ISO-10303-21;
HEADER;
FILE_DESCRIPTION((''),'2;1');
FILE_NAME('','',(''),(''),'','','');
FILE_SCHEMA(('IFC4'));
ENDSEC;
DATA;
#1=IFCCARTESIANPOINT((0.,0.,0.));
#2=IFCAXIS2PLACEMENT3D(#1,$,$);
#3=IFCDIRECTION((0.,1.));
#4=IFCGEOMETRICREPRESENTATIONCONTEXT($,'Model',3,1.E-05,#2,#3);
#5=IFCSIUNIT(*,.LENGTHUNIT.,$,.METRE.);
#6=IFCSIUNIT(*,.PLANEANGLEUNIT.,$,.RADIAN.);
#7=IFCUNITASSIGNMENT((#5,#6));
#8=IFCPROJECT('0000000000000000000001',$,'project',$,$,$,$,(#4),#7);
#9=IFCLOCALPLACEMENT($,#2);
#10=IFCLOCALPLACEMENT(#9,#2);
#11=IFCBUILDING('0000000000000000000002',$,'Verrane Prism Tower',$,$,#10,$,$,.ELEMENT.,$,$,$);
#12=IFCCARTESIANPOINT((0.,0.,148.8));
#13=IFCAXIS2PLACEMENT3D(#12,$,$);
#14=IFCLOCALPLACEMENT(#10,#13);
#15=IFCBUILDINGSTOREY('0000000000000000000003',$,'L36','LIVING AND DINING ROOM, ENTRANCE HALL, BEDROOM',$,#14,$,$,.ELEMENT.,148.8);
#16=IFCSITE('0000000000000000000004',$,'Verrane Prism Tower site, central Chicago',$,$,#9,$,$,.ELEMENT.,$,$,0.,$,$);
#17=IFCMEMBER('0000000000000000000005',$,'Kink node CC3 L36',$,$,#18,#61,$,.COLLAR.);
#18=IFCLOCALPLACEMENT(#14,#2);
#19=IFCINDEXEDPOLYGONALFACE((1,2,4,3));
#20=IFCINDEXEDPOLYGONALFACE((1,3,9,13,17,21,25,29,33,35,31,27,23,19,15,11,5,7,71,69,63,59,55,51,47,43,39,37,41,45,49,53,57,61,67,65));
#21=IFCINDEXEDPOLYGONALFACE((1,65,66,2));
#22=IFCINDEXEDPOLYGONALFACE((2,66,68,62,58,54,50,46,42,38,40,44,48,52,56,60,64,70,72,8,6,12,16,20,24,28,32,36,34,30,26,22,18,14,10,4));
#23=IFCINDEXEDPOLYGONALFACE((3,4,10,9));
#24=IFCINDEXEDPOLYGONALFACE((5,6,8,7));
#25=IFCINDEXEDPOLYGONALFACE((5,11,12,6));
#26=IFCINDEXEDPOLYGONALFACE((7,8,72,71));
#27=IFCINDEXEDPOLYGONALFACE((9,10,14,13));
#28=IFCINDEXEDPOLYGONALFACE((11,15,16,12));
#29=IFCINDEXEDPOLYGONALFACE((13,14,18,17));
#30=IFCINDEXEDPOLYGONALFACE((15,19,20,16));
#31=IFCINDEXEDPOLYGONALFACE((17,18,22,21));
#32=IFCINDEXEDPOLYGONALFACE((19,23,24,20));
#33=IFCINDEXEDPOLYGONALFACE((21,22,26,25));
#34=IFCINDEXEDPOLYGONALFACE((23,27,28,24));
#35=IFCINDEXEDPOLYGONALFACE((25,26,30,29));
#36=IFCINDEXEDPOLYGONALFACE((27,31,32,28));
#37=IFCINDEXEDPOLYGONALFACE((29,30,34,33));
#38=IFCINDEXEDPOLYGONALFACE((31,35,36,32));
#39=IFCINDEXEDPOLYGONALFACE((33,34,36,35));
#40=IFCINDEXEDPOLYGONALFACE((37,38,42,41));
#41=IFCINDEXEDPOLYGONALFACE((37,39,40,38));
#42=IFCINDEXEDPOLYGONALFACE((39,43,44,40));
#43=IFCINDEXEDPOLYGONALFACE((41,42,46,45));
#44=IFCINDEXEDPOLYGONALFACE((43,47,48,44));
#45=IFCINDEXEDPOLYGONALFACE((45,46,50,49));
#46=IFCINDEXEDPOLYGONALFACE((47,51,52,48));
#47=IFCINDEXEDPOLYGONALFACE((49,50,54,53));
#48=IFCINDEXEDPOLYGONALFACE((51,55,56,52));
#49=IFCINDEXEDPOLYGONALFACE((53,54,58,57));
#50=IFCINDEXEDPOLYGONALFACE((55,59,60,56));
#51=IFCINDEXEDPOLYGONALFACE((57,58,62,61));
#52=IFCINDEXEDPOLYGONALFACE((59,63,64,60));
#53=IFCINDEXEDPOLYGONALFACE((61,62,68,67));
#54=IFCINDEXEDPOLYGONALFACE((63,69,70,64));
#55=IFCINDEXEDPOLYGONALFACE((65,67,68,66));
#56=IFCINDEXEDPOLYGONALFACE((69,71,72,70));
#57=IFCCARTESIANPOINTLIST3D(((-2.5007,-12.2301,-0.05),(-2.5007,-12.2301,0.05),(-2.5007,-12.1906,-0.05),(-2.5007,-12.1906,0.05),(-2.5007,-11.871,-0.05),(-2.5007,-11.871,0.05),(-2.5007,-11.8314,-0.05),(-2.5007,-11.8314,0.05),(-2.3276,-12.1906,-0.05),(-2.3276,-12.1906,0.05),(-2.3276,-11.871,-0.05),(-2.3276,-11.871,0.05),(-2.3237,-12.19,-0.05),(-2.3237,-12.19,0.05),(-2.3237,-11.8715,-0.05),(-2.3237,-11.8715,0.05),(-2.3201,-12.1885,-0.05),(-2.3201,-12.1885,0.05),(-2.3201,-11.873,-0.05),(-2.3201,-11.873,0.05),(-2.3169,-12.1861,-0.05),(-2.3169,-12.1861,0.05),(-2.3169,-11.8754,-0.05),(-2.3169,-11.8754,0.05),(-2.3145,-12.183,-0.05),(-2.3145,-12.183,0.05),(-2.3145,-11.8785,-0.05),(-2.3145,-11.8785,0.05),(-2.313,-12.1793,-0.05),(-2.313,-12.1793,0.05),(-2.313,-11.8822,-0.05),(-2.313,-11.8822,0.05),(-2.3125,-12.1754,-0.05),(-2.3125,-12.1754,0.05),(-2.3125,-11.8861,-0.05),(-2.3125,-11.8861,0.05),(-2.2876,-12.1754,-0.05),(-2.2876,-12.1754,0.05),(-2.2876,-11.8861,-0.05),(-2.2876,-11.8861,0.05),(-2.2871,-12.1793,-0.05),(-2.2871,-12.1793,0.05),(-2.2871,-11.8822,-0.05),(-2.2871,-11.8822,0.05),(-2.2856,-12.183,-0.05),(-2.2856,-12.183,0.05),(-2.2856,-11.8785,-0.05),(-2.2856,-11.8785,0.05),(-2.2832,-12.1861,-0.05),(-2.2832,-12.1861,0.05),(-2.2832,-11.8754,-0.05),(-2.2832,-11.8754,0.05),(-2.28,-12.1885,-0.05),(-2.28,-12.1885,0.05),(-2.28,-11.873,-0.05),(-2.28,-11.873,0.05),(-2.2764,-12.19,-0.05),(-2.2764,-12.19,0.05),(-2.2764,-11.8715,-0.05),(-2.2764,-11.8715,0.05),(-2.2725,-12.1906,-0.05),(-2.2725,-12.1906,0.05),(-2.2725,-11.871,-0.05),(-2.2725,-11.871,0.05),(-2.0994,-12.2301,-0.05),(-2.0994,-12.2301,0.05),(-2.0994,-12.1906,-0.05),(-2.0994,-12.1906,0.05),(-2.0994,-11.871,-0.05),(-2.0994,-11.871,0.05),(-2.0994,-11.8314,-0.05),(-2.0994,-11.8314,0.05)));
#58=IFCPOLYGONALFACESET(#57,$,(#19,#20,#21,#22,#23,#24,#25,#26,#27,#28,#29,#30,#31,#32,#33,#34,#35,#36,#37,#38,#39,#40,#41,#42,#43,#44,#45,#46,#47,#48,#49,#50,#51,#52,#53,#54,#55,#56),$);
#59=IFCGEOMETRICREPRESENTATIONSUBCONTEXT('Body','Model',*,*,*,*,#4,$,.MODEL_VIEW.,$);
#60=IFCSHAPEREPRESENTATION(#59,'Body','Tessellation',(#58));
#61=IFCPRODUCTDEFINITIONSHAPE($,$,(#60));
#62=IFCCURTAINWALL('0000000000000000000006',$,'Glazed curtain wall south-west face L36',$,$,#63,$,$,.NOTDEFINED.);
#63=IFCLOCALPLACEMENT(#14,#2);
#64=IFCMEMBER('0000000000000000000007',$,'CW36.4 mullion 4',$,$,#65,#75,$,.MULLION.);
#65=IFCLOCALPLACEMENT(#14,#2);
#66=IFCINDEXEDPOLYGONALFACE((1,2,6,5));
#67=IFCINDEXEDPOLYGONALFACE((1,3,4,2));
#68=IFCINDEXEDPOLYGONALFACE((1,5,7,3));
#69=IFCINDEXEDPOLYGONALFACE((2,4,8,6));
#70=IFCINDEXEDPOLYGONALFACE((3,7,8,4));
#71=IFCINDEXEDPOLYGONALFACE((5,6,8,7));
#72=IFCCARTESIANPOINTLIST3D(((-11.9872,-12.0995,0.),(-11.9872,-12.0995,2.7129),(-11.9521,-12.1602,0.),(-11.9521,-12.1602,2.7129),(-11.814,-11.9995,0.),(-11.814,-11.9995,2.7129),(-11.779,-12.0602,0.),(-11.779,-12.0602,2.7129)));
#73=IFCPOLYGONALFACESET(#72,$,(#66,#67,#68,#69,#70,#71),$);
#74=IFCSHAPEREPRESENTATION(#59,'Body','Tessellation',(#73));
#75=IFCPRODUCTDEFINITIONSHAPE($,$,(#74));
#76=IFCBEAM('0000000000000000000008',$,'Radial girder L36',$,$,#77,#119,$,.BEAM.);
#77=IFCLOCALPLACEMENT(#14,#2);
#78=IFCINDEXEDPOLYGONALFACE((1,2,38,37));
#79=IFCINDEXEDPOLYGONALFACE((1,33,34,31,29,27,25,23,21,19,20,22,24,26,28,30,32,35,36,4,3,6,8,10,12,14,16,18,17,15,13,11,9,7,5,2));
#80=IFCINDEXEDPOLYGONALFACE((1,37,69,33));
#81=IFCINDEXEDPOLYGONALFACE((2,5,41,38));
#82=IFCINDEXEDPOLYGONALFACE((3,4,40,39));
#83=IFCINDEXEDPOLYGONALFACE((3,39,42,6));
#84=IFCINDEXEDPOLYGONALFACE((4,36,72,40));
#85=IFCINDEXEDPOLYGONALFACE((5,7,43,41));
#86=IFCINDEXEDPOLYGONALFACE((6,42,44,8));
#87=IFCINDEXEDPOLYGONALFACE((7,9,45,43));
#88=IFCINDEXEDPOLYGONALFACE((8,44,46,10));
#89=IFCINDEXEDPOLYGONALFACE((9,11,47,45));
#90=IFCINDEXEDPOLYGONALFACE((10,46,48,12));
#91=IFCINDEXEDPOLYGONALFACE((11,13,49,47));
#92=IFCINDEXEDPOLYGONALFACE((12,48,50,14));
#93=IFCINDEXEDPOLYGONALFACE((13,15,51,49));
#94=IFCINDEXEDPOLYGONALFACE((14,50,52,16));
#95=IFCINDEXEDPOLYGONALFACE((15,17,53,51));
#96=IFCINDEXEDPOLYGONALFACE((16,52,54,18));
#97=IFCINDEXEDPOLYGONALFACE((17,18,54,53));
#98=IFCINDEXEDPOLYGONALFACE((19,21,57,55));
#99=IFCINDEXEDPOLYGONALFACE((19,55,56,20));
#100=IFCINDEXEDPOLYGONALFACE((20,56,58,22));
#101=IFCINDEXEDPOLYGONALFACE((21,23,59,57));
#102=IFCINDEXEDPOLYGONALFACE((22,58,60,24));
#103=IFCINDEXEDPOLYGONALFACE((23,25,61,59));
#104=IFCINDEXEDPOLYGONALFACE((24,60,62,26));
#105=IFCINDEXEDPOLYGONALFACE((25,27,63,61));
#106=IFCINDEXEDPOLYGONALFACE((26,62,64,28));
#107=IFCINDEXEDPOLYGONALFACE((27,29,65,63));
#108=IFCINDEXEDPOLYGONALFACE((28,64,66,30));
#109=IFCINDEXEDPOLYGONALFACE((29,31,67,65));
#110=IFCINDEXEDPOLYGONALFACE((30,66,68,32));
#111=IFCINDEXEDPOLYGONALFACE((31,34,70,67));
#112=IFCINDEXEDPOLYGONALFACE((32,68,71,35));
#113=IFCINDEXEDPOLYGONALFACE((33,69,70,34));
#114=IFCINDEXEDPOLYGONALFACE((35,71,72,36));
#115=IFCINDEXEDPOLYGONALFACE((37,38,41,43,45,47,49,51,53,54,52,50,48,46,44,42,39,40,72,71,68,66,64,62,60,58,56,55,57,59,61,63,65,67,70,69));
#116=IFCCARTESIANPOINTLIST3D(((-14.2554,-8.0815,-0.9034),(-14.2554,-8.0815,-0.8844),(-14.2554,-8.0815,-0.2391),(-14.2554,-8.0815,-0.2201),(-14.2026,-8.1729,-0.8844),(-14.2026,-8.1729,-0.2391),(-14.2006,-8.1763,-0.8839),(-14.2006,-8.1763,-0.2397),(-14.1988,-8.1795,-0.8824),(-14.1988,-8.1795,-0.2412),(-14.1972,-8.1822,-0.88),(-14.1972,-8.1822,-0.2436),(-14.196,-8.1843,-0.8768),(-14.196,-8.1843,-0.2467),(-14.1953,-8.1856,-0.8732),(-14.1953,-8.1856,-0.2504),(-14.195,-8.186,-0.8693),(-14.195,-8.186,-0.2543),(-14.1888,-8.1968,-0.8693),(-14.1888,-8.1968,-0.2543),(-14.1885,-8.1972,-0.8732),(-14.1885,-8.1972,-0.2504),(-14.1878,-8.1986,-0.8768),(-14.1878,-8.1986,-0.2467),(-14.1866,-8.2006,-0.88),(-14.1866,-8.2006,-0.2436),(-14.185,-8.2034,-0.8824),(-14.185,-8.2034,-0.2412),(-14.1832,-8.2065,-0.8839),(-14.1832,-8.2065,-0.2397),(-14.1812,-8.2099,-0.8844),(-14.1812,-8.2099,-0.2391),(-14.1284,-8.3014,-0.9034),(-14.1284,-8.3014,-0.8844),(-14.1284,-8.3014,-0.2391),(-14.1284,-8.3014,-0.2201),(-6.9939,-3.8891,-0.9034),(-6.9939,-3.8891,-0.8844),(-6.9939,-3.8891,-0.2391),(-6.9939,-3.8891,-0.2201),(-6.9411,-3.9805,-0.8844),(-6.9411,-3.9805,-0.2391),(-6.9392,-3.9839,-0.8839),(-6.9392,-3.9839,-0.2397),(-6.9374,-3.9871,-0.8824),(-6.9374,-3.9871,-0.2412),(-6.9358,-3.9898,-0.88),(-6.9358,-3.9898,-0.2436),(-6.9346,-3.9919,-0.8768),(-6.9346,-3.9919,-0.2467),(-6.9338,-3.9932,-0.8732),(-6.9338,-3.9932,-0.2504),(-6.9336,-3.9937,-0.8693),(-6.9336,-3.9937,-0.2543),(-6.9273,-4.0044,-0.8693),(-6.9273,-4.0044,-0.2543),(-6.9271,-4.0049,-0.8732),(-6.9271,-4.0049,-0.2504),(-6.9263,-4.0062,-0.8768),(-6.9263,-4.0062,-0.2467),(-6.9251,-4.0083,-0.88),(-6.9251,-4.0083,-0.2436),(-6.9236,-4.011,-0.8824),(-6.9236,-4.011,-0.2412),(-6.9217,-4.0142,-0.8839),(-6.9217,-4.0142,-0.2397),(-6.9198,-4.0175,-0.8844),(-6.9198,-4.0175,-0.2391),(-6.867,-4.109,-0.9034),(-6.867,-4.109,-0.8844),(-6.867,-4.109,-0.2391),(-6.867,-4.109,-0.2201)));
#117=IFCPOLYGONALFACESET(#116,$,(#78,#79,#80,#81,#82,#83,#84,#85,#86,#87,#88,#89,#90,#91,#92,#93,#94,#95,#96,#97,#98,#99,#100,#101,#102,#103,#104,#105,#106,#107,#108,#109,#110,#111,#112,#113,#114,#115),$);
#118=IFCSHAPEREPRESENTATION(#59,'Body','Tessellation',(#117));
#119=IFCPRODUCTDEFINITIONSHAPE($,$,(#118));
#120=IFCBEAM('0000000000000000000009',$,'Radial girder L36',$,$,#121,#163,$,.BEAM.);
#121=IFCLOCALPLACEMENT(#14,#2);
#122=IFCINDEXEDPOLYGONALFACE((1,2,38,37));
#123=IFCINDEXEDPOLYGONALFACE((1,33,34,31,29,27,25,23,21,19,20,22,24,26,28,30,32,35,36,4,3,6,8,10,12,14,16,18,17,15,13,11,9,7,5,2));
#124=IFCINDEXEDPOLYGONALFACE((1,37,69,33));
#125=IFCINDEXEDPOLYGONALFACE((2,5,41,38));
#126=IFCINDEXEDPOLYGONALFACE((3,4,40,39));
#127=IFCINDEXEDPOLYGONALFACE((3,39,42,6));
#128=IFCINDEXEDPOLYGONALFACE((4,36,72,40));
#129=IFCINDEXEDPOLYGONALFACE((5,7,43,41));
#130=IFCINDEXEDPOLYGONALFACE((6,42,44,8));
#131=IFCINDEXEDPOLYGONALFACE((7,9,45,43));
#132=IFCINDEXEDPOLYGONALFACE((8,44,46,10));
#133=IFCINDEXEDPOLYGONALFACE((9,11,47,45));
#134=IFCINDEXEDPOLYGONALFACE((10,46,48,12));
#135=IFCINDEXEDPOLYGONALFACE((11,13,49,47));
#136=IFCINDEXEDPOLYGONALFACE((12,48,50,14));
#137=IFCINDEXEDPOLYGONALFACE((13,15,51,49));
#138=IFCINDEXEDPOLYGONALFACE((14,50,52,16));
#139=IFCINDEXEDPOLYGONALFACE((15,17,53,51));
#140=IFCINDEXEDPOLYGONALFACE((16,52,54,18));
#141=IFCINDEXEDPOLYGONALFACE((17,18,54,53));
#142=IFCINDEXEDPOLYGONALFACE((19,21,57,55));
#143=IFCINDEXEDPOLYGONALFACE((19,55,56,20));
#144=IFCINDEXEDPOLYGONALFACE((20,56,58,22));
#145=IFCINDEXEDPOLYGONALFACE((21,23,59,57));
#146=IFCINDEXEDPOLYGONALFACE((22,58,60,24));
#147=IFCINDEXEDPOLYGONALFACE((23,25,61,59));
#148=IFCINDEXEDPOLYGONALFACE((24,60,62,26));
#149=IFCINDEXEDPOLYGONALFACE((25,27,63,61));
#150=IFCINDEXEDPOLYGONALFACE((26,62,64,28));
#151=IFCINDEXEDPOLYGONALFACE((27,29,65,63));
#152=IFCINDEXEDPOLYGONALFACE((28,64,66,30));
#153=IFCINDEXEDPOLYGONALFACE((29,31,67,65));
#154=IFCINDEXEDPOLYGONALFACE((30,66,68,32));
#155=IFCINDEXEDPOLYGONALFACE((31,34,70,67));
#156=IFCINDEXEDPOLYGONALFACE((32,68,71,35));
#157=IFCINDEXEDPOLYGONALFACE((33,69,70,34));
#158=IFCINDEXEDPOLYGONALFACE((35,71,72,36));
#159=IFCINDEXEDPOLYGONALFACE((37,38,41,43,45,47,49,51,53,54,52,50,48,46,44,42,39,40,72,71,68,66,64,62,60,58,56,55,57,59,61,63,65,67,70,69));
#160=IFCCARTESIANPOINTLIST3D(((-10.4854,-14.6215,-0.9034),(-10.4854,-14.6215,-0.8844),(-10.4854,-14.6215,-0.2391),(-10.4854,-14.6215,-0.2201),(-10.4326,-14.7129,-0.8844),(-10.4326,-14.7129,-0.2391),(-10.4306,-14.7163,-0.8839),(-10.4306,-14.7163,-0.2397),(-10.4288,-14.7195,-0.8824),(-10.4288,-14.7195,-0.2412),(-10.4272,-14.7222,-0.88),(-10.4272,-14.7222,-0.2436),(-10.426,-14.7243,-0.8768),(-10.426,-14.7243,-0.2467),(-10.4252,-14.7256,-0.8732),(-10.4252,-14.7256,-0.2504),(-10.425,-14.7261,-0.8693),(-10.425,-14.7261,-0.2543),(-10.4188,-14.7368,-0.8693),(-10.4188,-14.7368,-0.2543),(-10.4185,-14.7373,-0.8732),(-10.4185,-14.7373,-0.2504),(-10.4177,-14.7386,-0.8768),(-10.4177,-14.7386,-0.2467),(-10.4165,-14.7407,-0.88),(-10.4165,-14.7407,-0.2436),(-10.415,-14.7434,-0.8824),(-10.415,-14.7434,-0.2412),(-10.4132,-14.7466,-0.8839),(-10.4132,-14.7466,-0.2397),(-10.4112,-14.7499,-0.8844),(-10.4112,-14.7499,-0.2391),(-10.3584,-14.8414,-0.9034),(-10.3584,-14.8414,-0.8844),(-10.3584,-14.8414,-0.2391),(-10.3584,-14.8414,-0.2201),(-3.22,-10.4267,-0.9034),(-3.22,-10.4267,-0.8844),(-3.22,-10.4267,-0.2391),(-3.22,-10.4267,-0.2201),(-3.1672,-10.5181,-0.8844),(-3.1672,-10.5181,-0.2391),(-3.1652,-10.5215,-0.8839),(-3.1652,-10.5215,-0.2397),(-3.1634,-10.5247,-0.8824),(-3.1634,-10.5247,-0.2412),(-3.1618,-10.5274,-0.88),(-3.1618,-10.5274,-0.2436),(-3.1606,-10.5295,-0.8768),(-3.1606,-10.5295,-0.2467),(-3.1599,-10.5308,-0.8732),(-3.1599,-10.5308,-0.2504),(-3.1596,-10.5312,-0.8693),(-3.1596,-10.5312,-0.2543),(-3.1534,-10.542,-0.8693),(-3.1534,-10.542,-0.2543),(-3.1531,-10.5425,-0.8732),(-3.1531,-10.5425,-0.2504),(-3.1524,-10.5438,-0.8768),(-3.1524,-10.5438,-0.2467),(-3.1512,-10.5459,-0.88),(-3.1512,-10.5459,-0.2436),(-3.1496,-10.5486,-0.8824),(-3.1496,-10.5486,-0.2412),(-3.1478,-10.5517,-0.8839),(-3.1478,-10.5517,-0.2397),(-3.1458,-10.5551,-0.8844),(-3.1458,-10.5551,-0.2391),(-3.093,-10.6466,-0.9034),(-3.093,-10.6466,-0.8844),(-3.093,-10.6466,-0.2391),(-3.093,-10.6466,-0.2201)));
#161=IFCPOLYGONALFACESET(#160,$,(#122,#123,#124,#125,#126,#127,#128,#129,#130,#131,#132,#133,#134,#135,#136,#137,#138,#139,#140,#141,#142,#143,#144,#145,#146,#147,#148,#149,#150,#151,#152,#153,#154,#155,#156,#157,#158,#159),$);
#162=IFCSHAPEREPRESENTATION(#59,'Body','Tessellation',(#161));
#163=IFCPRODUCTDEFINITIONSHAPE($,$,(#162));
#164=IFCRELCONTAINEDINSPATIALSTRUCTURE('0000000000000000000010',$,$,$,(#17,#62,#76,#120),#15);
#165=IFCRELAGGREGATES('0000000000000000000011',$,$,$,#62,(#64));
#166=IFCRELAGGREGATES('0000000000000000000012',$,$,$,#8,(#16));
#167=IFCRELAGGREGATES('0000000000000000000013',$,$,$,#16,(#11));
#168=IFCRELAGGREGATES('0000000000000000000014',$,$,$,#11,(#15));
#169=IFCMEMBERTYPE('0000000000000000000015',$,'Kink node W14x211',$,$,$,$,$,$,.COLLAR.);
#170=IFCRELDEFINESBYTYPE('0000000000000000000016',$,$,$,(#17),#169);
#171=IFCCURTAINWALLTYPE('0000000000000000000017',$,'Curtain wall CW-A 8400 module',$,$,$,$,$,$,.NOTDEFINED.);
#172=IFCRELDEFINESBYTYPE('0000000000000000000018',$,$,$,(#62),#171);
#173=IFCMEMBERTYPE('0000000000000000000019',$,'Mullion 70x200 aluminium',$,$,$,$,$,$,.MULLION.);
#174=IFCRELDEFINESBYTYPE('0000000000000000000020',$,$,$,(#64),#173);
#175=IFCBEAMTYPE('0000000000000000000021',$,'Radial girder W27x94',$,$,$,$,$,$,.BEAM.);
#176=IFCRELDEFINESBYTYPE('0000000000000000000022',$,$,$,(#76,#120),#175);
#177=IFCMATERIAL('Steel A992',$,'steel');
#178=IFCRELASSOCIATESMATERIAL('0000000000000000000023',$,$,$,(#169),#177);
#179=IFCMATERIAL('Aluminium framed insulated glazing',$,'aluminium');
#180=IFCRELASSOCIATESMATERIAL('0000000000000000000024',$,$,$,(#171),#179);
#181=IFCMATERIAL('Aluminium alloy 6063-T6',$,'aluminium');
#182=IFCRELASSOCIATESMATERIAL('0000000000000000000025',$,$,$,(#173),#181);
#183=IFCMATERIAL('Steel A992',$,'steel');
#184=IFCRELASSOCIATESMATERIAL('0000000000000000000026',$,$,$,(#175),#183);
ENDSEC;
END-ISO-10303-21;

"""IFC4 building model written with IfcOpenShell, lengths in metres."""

from ifc_helpers import new_model, si_unit, direction, frame, origin, origin_2d, place, context, subcontext, project, spatial, rectangle, i_section, extrude, material, material_profile, profile_set, type_object, element, aggregate, save


model = new_model("IFC4")

# Units and contexts
model_context = context("Model", 3, precision=1e-05, world=origin(), true_north=direction((0.0, 1.0)))
body_context = subcontext(model_context, "Body", "Model", "MODEL_VIEW")
ifc_project = project(units=[si_unit("LENGTHUNIT", "METRE"), si_unit("PLANEANGLEUNIT", "RADIAN")], contexts=[model_context])

# Site, building, storey
site_placement = place(None, origin())
site = spatial("IfcSite", under=ifc_project, at=site_placement, Name="Verrane Prism Tower site, central Chicago", CompositionType="ELEMENT", RefElevation=0.0)
building_placement = place(site_placement, origin())
building = spatial("IfcBuilding", under=site, at=building_placement, Name="Verrane Prism Tower", CompositionType="ELEMENT")
storey_placement = place(building_placement, frame((0.0, 0.0, 148.8)))
storey = spatial("IfcBuildingStorey", under=building, at=storey_placement, Name="L36", Description="LIVING AND DINING ROOM, ENTRANCE HALL, BEDROOM", CompositionType="ELEMENT", Elevation=148.8)

# Member
ifc_material_1 = material(Name="Steel A992", Category="steel")
ifc_material_profile_1 = material_profile(ifc_material_1, i_section(OverallWidth=0.4014, OverallDepth=0.3987, WebThickness=0.0249, FlangeThickness=0.0396, FilletRadius=0.0151, at=origin_2d()), Name="W14x211")
ifc_profile_set_1 = profile_set([ifc_material_profile_1], Name="Steel A992")
member_type_1 = type_object("IfcMemberType", Name="Kink node W14x211", PredefinedType="COLLAR", material=ifc_profile_set_1)
member_1_placement = place(storey_placement, frame((-2.3, -12.0308, -0.05), z_axis=(0.0, 0.0, 1.0), x_axis=(1.0, 0.0, 0.0)))
element("IfcMember", 1, at=member_1_placement, inside=storey, type_object=member_type_1, Name="Kink node CC3 L36", PredefinedType="COLLAR", context=body_context, shape_type="SweptSolid", body=[
    extrude(i_section(OverallWidth=0.4014, OverallDepth=0.3987, WebThickness=0.0249, FlangeThickness=0.0396, FilletRadius=0.0151, at=origin_2d()), origin(), (0.0, 0.0, 1.0), 0.1001),
])

# Curtain wall, member
ifc_material_2 = material(Name="Aluminium framed insulated glazing", Category="aluminium")
curtain_wall_type = type_object("IfcCurtainWallType", Name="Curtain wall CW-A 8400 module", PredefinedType="NOTDEFINED", material=ifc_material_2)
curtain_wall_placement = place(storey_placement, origin())
curtain_wall = element("IfcCurtainWall", 2, at=curtain_wall_placement, inside=storey, type_object=curtain_wall_type, Name="Glazed curtain wall south-west face L36", PredefinedType="NOTDEFINED")
ifc_material_3 = material(Name="Aluminium alloy 6063-T6", Category="aluminium")
ifc_material_profile_2 = material_profile(ifc_material_3, rectangle(XDim=0.2, YDim=0.0701, at=origin_2d()), Name="Mullion 70x200 aluminium")
ifc_profile_set_2 = profile_set([ifc_material_profile_2], Name="Aluminium alloy 6063-T6")
member_type_2 = type_object("IfcMemberType", Name="Mullion 70x200 aluminium", PredefinedType="MULLION", material=ifc_profile_set_2)
member_2_placement = place(storey_placement, frame((-11.8831, -12.0798, 0.0), z_axis=(0.0, 0.0, 1.0), x_axis=(0.866025, 0.500001, 0.0)))
member_2 = element("IfcMember", 3, at=member_2_placement, type_object=member_type_2, Name="CW36.4 mullion 4", PredefinedType="MULLION", context=body_context, shape_type="SweptSolid", body=[
    extrude(rectangle(XDim=0.2, YDim=0.0701, at=origin_2d()), origin(), (0.0, 0.0, 1.0), 2.7129),
])

# Beams
ifc_material_4 = material(Name="Steel A992", Category="steel")
ifc_material_profile_3 = material_profile(ifc_material_4, i_section(OverallWidth=0.2539, OverallDepth=0.6833, WebThickness=0.0125, FlangeThickness=0.019, FilletRadius=0.0151, at=origin_2d()), Name="W27x94")
ifc_profile_set_3 = profile_set([ifc_material_profile_3], Name="Steel A992")
beam_type_1 = type_object("IfcBeamType", Name="Radial girder W27x94", PredefinedType="BEAM", material=ifc_profile_set_3)
beam_1_placement = place(storey_placement, frame((-14.1919, -8.1914, -0.5618), z_axis=(0.866027, 0.499997, 0.0), x_axis=(-0.499997, 0.866027, 0.0)))
element("IfcBeam", 4, at=beam_1_placement, inside=storey, type_object=beam_type_1, Name="Radial girder L36", PredefinedType="BEAM", context=body_context, shape_type="SweptSolid", body=[
    extrude(i_section(OverallWidth=0.2539, OverallDepth=0.6833, WebThickness=0.0125, FlangeThickness=0.019, FilletRadius=0.0151, at=origin_2d()), origin(), (0.0, 0.0, 1.0), 8.3848),
])
beam_2_placement = place(storey_placement, frame((-10.4219, -14.7314, -0.5618), z_axis=(0.866017, 0.500014, 0.0), x_axis=(-0.500014, 0.866017, 0.0)))
element("IfcBeam", 5, at=beam_2_placement, inside=storey, type_object=beam_type_1, Name="Radial girder L36", PredefinedType="BEAM", context=body_context, shape_type="SweptSolid", body=[
    extrude(i_section(OverallWidth=0.2539, OverallDepth=0.6833, WebThickness=0.0125, FlangeThickness=0.019, FilletRadius=0.0151, at=origin_2d()), origin(), (0.0, 0.0, 1.0), 8.3894),
])

aggregate(curtain_wall, [member_2])

save(model, "model.ifc")
